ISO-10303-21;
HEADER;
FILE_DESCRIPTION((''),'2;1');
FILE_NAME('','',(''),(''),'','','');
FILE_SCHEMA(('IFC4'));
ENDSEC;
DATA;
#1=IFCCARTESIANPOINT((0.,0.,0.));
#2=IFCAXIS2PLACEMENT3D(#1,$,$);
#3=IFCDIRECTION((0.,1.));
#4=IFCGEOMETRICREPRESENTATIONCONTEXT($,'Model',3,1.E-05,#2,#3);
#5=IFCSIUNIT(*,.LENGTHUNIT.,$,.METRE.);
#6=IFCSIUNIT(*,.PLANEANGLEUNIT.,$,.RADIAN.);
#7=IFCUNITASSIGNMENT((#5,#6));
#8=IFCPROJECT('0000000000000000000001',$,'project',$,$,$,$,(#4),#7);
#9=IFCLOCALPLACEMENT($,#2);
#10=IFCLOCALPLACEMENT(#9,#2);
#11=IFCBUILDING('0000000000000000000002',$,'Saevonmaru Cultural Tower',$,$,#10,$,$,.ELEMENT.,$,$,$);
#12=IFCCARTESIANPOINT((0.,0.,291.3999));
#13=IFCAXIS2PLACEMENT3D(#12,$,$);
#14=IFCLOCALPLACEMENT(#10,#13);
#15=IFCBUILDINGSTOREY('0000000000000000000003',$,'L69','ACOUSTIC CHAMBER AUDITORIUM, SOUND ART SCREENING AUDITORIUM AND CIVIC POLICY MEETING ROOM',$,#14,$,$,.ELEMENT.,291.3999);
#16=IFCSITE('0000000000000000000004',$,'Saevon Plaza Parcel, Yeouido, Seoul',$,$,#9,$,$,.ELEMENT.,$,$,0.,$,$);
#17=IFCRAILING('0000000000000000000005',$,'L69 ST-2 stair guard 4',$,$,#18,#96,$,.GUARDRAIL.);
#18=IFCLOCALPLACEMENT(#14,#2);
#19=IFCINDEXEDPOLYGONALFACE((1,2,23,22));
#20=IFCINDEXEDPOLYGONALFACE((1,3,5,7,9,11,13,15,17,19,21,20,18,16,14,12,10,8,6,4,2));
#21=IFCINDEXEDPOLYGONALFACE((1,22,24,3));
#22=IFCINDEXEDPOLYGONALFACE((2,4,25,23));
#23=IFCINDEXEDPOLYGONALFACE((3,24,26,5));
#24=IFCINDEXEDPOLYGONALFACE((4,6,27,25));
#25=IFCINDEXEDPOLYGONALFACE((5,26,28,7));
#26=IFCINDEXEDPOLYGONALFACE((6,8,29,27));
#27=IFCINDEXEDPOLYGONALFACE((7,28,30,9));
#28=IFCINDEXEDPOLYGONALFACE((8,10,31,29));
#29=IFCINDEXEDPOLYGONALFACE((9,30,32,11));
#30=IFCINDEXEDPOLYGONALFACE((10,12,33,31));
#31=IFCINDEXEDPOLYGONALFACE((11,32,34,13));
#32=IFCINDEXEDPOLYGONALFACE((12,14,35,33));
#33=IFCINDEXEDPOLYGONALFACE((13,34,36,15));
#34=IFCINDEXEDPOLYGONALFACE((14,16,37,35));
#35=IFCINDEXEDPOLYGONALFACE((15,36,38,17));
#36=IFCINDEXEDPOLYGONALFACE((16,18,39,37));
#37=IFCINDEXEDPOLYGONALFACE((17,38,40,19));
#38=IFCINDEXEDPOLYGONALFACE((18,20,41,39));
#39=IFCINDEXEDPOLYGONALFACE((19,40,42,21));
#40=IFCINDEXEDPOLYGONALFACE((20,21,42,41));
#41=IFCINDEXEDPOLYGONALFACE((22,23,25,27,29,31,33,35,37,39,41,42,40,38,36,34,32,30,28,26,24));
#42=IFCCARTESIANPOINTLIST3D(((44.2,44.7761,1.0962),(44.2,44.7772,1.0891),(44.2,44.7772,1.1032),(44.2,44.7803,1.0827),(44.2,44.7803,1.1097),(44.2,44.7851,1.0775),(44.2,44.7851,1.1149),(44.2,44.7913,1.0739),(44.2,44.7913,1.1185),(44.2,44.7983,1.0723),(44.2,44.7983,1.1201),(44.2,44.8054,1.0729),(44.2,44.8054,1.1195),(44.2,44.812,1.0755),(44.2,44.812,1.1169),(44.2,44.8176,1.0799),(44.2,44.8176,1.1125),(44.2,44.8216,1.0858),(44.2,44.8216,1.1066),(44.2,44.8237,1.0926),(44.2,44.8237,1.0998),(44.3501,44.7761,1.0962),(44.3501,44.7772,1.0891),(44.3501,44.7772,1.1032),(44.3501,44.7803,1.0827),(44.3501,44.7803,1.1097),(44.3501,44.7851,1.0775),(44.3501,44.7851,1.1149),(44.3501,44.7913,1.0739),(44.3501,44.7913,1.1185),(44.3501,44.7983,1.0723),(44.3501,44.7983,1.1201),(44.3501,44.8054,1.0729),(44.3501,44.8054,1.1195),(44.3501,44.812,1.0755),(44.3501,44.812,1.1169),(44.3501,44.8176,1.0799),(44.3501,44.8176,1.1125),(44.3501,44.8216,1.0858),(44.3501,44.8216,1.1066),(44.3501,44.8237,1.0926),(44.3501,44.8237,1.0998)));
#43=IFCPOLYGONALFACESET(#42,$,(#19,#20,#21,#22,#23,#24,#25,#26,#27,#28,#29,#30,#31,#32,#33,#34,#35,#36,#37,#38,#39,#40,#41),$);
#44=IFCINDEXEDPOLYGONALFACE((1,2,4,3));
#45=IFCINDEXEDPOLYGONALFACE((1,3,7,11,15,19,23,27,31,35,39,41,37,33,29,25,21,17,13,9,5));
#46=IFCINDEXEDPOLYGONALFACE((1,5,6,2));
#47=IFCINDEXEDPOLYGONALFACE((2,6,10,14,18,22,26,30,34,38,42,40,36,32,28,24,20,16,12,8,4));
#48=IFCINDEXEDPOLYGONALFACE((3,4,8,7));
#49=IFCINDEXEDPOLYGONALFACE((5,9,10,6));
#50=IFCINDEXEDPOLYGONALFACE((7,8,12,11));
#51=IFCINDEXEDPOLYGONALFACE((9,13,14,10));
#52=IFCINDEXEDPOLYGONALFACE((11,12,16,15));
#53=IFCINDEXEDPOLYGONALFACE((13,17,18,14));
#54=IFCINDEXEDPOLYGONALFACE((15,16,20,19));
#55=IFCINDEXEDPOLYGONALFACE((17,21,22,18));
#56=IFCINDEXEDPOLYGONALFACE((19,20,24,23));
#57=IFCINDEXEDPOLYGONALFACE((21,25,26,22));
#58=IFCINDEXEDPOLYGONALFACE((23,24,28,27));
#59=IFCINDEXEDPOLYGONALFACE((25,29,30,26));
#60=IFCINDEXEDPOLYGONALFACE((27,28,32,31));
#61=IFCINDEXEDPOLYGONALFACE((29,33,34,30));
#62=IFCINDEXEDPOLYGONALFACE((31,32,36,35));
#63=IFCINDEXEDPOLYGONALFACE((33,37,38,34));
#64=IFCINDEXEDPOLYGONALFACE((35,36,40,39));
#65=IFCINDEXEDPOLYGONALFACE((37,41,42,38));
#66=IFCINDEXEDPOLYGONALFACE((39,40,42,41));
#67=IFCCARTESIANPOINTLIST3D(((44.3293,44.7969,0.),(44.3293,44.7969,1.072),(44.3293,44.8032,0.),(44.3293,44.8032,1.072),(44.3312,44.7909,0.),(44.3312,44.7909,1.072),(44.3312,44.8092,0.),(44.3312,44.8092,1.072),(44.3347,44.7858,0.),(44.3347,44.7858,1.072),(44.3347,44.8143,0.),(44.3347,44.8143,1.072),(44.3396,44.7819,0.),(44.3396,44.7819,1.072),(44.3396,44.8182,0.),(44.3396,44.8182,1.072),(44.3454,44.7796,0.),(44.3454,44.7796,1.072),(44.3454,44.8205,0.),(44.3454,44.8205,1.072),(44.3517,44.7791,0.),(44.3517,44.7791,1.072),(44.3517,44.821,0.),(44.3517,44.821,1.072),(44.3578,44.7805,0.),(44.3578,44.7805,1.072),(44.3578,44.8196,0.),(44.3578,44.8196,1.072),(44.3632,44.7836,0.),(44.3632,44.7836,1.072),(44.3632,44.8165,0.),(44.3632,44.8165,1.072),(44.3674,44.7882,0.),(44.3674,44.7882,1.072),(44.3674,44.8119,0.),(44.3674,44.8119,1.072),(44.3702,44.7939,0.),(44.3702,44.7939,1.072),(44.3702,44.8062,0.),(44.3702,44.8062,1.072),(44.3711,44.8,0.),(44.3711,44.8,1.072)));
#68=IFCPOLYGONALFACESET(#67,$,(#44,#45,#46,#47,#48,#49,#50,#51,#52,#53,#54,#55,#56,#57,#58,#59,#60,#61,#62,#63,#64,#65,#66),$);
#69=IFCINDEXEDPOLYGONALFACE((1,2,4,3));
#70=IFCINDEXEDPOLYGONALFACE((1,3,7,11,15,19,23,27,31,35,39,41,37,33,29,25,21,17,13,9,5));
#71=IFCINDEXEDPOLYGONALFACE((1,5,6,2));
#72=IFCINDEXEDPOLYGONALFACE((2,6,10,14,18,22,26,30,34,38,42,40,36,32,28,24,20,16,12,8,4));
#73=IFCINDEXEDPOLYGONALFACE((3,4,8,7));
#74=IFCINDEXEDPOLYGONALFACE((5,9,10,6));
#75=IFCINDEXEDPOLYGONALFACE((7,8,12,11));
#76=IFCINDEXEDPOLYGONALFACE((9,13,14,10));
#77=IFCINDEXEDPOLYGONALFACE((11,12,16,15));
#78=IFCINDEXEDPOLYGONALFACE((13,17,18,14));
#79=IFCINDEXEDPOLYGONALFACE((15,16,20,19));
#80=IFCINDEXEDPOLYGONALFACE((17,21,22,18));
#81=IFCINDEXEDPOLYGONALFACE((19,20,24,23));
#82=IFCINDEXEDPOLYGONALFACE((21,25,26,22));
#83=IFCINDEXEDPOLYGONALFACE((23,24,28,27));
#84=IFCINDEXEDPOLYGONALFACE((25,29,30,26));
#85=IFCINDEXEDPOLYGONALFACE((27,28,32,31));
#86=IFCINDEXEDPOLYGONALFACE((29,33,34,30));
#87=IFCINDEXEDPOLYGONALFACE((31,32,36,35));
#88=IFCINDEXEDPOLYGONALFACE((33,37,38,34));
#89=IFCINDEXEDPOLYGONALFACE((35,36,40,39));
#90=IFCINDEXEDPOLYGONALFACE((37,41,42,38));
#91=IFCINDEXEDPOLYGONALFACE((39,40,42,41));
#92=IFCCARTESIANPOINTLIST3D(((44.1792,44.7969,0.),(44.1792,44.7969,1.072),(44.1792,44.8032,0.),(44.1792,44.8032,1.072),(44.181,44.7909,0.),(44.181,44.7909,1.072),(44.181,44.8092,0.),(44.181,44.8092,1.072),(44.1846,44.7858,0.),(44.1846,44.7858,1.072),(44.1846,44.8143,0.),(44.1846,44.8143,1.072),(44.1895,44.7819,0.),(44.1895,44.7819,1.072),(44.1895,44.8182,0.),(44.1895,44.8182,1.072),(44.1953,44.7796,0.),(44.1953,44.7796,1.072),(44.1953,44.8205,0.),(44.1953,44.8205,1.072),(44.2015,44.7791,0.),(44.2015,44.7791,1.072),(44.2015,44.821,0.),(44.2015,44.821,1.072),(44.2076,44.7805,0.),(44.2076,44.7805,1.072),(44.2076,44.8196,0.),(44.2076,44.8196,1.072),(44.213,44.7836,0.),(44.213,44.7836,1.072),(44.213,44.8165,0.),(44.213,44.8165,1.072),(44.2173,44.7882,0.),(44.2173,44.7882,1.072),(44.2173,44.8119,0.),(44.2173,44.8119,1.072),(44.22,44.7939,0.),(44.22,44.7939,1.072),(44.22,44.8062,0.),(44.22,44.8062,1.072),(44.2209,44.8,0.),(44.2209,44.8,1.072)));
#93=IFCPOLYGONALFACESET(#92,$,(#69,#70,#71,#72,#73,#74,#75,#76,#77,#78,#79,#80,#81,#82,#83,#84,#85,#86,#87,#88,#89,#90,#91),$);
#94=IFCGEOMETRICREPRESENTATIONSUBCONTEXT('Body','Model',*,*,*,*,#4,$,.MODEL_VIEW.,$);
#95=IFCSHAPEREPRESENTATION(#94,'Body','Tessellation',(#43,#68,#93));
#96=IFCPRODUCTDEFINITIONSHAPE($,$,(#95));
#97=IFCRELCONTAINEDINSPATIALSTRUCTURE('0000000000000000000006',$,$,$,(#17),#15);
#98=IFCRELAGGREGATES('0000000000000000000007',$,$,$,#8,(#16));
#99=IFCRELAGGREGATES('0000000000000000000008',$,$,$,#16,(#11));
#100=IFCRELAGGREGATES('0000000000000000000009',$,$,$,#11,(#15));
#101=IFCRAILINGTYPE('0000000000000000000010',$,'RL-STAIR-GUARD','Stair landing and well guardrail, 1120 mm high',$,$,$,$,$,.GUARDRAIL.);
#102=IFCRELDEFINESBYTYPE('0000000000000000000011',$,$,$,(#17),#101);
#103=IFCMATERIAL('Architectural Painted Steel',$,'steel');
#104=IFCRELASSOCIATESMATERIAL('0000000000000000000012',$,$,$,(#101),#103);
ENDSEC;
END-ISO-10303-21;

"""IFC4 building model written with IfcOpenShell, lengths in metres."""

from ifc_helpers import new_model, si_unit, direction, frame, origin, origin_2d, place, context, subcontext, project, spatial, circle, extrude, material, type_object, element, save


model = new_model("IFC4")

# Units and contexts
model_context = context("Model", 3, precision=1e-05, world=origin(), true_north=direction((0.0, 1.0)))
body_context = subcontext(model_context, "Body", "Model", "MODEL_VIEW")
ifc_project = project(units=[si_unit("LENGTHUNIT", "METRE"), si_unit("PLANEANGLEUNIT", "RADIAN")], contexts=[model_context])

# Site, building, storey
site_placement = place(None, origin())
site = spatial("IfcSite", under=ifc_project, at=site_placement, Name="Saevon Plaza Parcel, Yeouido, Seoul", CompositionType="ELEMENT", RefElevation=0.0)
building_placement = place(site_placement, origin())
building = spatial("IfcBuilding", under=site, at=building_placement, Name="Saevonmaru Cultural Tower", CompositionType="ELEMENT")
storey_placement = place(building_placement, frame((0.0, 0.0, 291.3999)))
storey = spatial("IfcBuildingStorey", under=building, at=storey_placement, Name="L69", Description="ACOUSTIC CHAMBER AUDITORIUM, SOUND ART SCREENING AUDITORIUM AND CIVIC POLICY MEETING ROOM", CompositionType="ELEMENT", Elevation=291.3999)

# Railing
ifc_material_1 = material(Name="Architectural Painted Steel", Category="steel")
railing_type_1 = type_object("IfcRailingType", Name="RL-STAIR-GUARD", Description="Stair landing and well guardrail, 1120 mm high", PredefinedType="GUARDRAIL", material=ifc_material_1)
railing_1_placement = place(storey_placement, frame((44.3501, 44.8, 0.0)))
element("IfcRailing", 1, at=railing_1_placement, inside=storey, type_object=railing_type_1, Name="L69 ST-2 stair guard 4", PredefinedType="GUARDRAIL", context=body_context, shape_type="SweptSolid", body=[
    extrude(circle(Radius=0.0239, at=origin_2d()), frame((0.0, 0.0, 1.0962), z_axis=(-1.0, 0.0, 0.0), x_axis=(0.0, -1.0, 0.0)), (0.0, 0.0, 1.0), 0.1501),
    extrude(circle(Radius=0.021, at=origin_2d()), origin(), (0.0, 0.0, 1.0), 1.072),
    extrude(circle(Radius=0.021, at=origin_2d()), frame((-0.1501, 0.0, 0.0)), (0.0, 0.0, 1.0), 1.072),
])

save(model, "model.ifc")
